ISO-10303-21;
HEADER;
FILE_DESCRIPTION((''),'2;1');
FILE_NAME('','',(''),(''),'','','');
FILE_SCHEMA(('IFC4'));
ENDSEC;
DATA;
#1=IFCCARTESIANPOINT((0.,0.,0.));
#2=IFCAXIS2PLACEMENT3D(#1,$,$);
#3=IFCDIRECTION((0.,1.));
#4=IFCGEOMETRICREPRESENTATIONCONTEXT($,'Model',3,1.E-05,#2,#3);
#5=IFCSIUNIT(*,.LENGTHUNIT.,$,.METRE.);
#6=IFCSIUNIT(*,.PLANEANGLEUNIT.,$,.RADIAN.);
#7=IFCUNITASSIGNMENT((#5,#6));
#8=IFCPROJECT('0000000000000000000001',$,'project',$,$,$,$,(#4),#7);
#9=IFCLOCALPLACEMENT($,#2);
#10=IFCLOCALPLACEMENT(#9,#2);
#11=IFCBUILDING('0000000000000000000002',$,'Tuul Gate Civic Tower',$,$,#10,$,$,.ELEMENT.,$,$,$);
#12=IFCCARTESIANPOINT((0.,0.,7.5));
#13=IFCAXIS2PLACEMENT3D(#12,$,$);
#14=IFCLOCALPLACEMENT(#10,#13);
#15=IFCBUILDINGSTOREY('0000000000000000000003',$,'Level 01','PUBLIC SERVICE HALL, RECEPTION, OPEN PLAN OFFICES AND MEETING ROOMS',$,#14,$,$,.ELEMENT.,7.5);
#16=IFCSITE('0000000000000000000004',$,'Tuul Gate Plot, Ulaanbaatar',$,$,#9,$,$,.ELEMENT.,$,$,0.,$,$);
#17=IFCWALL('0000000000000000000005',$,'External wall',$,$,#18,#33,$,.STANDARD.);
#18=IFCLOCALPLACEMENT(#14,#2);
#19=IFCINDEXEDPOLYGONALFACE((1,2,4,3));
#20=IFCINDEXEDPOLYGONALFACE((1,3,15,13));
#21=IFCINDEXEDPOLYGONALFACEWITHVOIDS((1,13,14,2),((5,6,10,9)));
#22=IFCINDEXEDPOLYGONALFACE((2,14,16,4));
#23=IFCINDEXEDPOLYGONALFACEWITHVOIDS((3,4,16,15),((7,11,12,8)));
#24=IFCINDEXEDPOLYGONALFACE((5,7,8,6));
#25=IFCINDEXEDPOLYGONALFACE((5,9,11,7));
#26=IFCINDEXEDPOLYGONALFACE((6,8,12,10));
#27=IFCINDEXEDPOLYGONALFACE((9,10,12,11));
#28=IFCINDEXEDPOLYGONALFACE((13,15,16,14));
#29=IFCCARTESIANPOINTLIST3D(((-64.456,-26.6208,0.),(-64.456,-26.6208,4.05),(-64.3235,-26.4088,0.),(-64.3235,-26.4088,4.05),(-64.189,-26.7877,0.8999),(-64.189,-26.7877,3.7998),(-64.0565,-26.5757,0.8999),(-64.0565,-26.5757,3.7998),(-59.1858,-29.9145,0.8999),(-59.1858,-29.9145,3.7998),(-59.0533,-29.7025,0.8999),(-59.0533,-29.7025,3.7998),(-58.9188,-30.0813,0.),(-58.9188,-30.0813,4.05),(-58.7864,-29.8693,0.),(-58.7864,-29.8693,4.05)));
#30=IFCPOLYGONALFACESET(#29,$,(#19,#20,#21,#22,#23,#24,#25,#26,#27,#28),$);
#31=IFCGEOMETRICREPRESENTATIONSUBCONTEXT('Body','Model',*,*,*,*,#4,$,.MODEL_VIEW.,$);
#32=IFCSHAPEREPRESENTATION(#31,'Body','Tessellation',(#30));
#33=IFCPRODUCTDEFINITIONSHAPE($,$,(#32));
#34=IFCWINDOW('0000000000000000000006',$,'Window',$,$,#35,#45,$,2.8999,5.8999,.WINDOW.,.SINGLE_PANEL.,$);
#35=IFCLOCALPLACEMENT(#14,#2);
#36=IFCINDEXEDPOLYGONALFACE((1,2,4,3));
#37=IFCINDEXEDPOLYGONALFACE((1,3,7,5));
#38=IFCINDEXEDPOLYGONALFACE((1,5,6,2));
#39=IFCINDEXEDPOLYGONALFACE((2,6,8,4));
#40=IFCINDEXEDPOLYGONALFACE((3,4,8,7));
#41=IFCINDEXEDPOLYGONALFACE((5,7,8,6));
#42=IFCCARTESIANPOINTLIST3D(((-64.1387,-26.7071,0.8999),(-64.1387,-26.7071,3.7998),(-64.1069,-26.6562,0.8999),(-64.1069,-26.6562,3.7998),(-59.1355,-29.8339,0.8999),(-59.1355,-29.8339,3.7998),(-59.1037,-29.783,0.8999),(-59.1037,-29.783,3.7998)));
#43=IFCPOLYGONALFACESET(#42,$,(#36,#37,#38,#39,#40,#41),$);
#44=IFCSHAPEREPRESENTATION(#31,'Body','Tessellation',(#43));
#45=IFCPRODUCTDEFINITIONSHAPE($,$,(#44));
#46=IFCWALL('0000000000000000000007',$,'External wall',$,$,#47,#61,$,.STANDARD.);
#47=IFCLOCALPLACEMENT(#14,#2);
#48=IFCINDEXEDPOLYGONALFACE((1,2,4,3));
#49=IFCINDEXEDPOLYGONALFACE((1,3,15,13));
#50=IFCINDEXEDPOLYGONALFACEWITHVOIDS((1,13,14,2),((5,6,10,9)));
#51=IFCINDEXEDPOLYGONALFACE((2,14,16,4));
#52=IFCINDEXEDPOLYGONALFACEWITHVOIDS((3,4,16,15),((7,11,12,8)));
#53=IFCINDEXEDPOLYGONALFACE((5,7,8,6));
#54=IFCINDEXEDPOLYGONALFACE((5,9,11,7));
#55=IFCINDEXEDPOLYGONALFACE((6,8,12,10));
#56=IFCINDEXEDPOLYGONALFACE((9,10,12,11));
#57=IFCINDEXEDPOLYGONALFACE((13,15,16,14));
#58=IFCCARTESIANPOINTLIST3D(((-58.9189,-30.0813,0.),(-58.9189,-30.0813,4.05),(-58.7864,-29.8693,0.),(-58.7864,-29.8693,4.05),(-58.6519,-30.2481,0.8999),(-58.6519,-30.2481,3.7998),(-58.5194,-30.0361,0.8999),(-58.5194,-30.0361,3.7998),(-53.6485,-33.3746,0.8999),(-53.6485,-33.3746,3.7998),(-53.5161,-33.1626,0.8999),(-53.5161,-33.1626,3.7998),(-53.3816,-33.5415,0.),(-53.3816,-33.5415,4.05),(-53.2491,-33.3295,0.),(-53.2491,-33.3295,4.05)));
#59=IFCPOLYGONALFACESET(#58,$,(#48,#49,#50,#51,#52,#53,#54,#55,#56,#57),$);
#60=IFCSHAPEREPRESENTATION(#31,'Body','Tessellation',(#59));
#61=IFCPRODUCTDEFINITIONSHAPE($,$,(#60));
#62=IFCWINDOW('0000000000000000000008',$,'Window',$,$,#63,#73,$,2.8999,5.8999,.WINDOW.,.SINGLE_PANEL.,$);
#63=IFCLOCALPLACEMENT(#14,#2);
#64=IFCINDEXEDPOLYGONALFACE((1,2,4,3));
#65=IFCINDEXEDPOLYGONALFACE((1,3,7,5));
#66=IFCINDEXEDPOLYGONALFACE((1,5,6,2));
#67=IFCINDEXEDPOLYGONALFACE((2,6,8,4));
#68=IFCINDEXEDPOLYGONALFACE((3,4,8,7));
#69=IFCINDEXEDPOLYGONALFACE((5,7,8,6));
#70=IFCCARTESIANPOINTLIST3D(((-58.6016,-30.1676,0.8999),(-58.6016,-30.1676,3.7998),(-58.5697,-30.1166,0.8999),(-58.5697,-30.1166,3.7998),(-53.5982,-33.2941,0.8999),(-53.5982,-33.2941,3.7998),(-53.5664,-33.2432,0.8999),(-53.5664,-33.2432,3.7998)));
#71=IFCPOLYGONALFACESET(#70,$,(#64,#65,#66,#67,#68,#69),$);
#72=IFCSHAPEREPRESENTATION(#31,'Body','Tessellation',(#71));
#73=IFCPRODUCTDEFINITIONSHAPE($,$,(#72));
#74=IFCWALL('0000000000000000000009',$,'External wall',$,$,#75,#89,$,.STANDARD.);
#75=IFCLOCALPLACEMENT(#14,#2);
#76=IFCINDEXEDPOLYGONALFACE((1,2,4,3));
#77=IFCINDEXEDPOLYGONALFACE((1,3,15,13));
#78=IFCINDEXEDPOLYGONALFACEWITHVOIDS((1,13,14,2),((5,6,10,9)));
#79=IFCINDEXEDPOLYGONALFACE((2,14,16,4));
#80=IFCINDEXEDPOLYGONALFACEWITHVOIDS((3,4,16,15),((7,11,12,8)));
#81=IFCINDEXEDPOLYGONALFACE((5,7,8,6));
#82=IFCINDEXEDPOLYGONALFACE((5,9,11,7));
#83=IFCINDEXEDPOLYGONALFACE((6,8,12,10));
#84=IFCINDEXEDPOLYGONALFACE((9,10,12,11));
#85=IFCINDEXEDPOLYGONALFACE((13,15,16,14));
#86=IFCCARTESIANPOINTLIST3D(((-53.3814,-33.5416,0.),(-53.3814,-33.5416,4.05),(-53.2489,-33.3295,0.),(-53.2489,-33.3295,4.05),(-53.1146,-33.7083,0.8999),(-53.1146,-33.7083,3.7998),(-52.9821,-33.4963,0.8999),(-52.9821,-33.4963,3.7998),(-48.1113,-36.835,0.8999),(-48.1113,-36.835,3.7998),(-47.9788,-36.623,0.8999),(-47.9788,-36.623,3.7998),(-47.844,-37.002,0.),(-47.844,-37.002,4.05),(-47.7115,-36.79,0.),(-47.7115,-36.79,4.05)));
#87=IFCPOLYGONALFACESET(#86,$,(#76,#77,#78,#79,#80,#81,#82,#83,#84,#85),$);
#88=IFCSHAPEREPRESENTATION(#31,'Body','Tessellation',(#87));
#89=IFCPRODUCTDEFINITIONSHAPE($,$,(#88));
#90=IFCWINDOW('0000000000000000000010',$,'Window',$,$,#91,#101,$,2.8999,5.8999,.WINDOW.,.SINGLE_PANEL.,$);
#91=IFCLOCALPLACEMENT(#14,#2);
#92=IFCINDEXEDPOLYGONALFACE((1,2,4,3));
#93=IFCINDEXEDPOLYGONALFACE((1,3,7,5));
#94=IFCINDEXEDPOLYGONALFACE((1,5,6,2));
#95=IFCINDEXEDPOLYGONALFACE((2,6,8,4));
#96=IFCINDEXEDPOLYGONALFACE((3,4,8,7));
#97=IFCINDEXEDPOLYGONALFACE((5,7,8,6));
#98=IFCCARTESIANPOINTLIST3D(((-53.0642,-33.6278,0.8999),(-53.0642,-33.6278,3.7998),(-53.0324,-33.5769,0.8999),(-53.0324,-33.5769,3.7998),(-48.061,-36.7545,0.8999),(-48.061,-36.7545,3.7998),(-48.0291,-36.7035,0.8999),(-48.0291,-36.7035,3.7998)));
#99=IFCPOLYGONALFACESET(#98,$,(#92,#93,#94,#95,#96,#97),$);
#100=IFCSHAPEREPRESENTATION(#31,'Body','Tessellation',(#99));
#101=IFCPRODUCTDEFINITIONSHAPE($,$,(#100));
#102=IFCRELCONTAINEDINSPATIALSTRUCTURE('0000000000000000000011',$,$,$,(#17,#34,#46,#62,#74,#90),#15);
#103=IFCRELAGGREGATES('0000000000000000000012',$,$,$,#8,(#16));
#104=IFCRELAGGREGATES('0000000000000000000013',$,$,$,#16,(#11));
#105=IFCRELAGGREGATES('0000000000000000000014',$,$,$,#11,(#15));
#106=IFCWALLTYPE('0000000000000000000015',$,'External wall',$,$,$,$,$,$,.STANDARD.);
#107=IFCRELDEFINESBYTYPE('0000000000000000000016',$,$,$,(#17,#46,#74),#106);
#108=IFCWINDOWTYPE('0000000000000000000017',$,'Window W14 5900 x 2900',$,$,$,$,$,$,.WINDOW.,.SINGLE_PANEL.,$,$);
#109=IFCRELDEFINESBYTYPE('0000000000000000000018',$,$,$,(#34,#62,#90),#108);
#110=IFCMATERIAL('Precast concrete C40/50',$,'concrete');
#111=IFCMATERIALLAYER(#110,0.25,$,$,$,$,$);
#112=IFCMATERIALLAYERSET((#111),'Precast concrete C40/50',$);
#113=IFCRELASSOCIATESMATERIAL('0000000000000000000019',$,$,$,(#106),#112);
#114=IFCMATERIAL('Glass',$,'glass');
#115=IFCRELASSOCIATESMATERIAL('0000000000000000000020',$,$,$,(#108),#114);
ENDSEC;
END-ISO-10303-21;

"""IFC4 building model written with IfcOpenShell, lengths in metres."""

from ifc_helpers import new_model, si_unit, direction, frame, frame_2d, origin, place, context, subcontext, project, spatial, rectangle, extrude, material, layer, layer_set, type_object, element, fill, save


model = new_model("IFC4")

# Units and contexts
model_context = context("Model", 3, precision=1e-05, world=origin(), true_north=direction((0.0, 1.0)))
body_context = subcontext(model_context, "Body", "Model", "MODEL_VIEW")
ifc_project = project(units=[si_unit("LENGTHUNIT", "METRE"), si_unit("PLANEANGLEUNIT", "RADIAN")], contexts=[model_context])

# Site, building, storey
site_placement = place(None, origin())
site = spatial("IfcSite", under=ifc_project, at=site_placement, Name="Tuul Gate Plot, Ulaanbaatar", CompositionType="ELEMENT", RefElevation=0.0)
building_placement = place(site_placement, origin())
building = spatial("IfcBuilding", under=site, at=building_placement, Name="Tuul Gate Civic Tower", CompositionType="ELEMENT")
storey_placement = place(building_placement, frame((0.0, 0.0, 7.5)))
storey = spatial("IfcBuildingStorey", under=building, at=storey_placement, Name="Level 01", Description="PUBLIC SERVICE HALL, RECEPTION, OPEN PLAN OFFICES AND MEETING ROOMS", CompositionType="ELEMENT", Elevation=7.5)

# Shared definitions
ifc_material_1 = material(Name="Precast concrete C40/50", Category="concrete")
ifc_layer_1 = layer(ifc_material_1, 0.25)
ifc_layer_set_1 = layer_set([ifc_layer_1], Name="Precast concrete C40/50")
wall_type_1 = type_object("IfcWallType", Name="External wall", PredefinedType="STANDARD", material=ifc_layer_set_1)

# Walls, openings, windows
wall_1_placement = place(storey_placement, frame((-64.3896, -26.5149, 0.0), z_axis=(0.0, 0.0, 1.0), x_axis=(0.848015, -0.529972, 0.0)))
wall_1 = element("IfcWall", 1, at=wall_1_placement, inside=storey, type_object=wall_type_1, Name="External wall", PredefinedType="STANDARD", context=body_context, shape_type="SweptSolid", body=[
    extrude(rectangle(XDim=6.5295, YDim=0.25, at=frame_2d((3.2646, 0.0))), origin(), (0.0, 0.0, 1.0), 4.05),
])
opening_1_placement = place(wall_1_placement, frame((0.3147, 0.0, 0.8999)))
opening_1 = element("IfcOpeningElement", 2, at=opening_1_placement, cuts=wall_1, PredefinedType="OPENING", context=body_context, shape_type="SweptSolid", body=[
    extrude(rectangle(XDim=5.8999, YDim=2.8999, at=frame_2d((2.95, 1.45))), frame((0.0, 0.135, 0.0), z_axis=(0.0, -1.0, 0.0), x_axis=(1.0, 0.0, 0.0)), (0.0, 0.0, 1.0), 0.27),
])
ifc_material_2 = material(Name="Glass", Category="glass")
window_type_1 = type_object("IfcWindowType", Name="Window W14 5900 x 2900", PartitioningType="SINGLE_PANEL", PredefinedType="WINDOW", material=ifc_material_2)
window_1_placement = place(opening_1_placement, origin())
window_1 = element("IfcWindow", 3, at=window_1_placement, inside=storey, type_object=window_type_1, Name="Window", OverallHeight=2.8999, OverallWidth=5.8999, PartitioningType="SINGLE_PANEL", PredefinedType="WINDOW", context=body_context, shape_type="SweptSolid", body=[
    extrude(rectangle(XDim=5.8999, YDim=2.8999, at=frame_2d((2.95, 1.45))), frame((0.0, 0.03, 0.0), z_axis=(0.0, -1.0, 0.0), x_axis=(1.0, 0.0, 0.0)), (0.0, 0.0, 1.0), 0.0601),
])
fill(opening_1, window_1)
wall_2_placement = place(storey_placement, frame((-58.8525, -29.9753, 0.0), z_axis=(0.0, 0.0, 1.0), x_axis=(0.848042, -0.529928, 0.0)))
wall_2 = element("IfcWall", 4, at=wall_2_placement, inside=storey, type_object=wall_type_1, Name="External wall", PredefinedType="STANDARD", context=body_context, shape_type="SweptSolid", body=[
    extrude(rectangle(XDim=6.5295, YDim=0.25, at=frame_2d((3.2646, 0.0))), origin(), (0.0, 0.0, 1.0), 4.05),
])
opening_2_placement = place(wall_2_placement, frame((0.3147, 0.0, 0.8999)))
opening_2 = element("IfcOpeningElement", 5, at=opening_2_placement, cuts=wall_2, PredefinedType="OPENING", context=body_context, shape_type="SweptSolid", body=[
    extrude(rectangle(XDim=5.8999, YDim=2.8999, at=frame_2d((2.95, 1.45))), frame((0.0, 0.135, 0.0), z_axis=(0.0, -1.0, 0.0), x_axis=(1.0, 0.0, 0.0)), (0.0, 0.0, 1.0), 0.27),
])
window_2_placement = place(opening_2_placement, origin())
window_2 = element("IfcWindow", 6, at=window_2_placement, inside=storey, type_object=window_type_1, Name="Window", OverallHeight=2.8999, OverallWidth=5.8999, PartitioningType="SINGLE_PANEL", PredefinedType="WINDOW", context=body_context, shape_type="SweptSolid", body=[
    extrude(rectangle(XDim=5.8999, YDim=2.8999, at=frame_2d((2.95, 1.45))), frame((0.0, 0.03, 0.0), z_axis=(0.0, -1.0, 0.0), x_axis=(1.0, 0.0, 0.0)), (0.0, 0.0, 1.0), 0.0601),
])
fill(opening_2, window_2)
wall_3_placement = place(storey_placement, frame((-53.3152, -33.4355, 0.0), z_axis=(0.0, 0.0, 1.0), x_axis=(0.848026, -0.529955, 0.0)))
wall_3 = element("IfcWall", 7, at=wall_3_placement, inside=storey, type_object=wall_type_1, Name="External wall", PredefinedType="STANDARD", context=body_context, shape_type="SweptSolid", body=[
    extrude(rectangle(XDim=6.5298, YDim=0.25, at=frame_2d((3.2649, 0.0))), origin(), (0.0, 0.0, 1.0), 4.05),
])
opening_3_placement = place(wall_3_placement, frame((0.3147, 0.0, 0.8999)))
opening_3 = element("IfcOpeningElement", 8, at=opening_3_placement, cuts=wall_3, PredefinedType="OPENING", context=body_context, shape_type="SweptSolid", body=[
    extrude(rectangle(XDim=5.8999, YDim=2.8999, at=frame_2d((2.95, 1.45))), frame((0.0, 0.135, 0.0), z_axis=(0.0, -1.0, 0.0), x_axis=(1.0, 0.0, 0.0)), (0.0, 0.0, 1.0), 0.27),
])
window_3_placement = place(opening_3_placement, origin())
window_3 = element("IfcWindow", 9, at=window_3_placement, inside=storey, type_object=window_type_1, Name="Window", OverallHeight=2.8999, OverallWidth=5.8999, PartitioningType="SINGLE_PANEL", PredefinedType="WINDOW", context=body_context, shape_type="SweptSolid", body=[
    extrude(rectangle(XDim=5.8999, YDim=2.8999, at=frame_2d((2.95, 1.45))), frame((0.0, 0.03, 0.0), z_axis=(0.0, -1.0, 0.0), x_axis=(1.0, 0.0, 0.0)), (0.0, 0.0, 1.0), 0.0601),
])
fill(opening_3, window_3)

save(model, "model.ifc")
